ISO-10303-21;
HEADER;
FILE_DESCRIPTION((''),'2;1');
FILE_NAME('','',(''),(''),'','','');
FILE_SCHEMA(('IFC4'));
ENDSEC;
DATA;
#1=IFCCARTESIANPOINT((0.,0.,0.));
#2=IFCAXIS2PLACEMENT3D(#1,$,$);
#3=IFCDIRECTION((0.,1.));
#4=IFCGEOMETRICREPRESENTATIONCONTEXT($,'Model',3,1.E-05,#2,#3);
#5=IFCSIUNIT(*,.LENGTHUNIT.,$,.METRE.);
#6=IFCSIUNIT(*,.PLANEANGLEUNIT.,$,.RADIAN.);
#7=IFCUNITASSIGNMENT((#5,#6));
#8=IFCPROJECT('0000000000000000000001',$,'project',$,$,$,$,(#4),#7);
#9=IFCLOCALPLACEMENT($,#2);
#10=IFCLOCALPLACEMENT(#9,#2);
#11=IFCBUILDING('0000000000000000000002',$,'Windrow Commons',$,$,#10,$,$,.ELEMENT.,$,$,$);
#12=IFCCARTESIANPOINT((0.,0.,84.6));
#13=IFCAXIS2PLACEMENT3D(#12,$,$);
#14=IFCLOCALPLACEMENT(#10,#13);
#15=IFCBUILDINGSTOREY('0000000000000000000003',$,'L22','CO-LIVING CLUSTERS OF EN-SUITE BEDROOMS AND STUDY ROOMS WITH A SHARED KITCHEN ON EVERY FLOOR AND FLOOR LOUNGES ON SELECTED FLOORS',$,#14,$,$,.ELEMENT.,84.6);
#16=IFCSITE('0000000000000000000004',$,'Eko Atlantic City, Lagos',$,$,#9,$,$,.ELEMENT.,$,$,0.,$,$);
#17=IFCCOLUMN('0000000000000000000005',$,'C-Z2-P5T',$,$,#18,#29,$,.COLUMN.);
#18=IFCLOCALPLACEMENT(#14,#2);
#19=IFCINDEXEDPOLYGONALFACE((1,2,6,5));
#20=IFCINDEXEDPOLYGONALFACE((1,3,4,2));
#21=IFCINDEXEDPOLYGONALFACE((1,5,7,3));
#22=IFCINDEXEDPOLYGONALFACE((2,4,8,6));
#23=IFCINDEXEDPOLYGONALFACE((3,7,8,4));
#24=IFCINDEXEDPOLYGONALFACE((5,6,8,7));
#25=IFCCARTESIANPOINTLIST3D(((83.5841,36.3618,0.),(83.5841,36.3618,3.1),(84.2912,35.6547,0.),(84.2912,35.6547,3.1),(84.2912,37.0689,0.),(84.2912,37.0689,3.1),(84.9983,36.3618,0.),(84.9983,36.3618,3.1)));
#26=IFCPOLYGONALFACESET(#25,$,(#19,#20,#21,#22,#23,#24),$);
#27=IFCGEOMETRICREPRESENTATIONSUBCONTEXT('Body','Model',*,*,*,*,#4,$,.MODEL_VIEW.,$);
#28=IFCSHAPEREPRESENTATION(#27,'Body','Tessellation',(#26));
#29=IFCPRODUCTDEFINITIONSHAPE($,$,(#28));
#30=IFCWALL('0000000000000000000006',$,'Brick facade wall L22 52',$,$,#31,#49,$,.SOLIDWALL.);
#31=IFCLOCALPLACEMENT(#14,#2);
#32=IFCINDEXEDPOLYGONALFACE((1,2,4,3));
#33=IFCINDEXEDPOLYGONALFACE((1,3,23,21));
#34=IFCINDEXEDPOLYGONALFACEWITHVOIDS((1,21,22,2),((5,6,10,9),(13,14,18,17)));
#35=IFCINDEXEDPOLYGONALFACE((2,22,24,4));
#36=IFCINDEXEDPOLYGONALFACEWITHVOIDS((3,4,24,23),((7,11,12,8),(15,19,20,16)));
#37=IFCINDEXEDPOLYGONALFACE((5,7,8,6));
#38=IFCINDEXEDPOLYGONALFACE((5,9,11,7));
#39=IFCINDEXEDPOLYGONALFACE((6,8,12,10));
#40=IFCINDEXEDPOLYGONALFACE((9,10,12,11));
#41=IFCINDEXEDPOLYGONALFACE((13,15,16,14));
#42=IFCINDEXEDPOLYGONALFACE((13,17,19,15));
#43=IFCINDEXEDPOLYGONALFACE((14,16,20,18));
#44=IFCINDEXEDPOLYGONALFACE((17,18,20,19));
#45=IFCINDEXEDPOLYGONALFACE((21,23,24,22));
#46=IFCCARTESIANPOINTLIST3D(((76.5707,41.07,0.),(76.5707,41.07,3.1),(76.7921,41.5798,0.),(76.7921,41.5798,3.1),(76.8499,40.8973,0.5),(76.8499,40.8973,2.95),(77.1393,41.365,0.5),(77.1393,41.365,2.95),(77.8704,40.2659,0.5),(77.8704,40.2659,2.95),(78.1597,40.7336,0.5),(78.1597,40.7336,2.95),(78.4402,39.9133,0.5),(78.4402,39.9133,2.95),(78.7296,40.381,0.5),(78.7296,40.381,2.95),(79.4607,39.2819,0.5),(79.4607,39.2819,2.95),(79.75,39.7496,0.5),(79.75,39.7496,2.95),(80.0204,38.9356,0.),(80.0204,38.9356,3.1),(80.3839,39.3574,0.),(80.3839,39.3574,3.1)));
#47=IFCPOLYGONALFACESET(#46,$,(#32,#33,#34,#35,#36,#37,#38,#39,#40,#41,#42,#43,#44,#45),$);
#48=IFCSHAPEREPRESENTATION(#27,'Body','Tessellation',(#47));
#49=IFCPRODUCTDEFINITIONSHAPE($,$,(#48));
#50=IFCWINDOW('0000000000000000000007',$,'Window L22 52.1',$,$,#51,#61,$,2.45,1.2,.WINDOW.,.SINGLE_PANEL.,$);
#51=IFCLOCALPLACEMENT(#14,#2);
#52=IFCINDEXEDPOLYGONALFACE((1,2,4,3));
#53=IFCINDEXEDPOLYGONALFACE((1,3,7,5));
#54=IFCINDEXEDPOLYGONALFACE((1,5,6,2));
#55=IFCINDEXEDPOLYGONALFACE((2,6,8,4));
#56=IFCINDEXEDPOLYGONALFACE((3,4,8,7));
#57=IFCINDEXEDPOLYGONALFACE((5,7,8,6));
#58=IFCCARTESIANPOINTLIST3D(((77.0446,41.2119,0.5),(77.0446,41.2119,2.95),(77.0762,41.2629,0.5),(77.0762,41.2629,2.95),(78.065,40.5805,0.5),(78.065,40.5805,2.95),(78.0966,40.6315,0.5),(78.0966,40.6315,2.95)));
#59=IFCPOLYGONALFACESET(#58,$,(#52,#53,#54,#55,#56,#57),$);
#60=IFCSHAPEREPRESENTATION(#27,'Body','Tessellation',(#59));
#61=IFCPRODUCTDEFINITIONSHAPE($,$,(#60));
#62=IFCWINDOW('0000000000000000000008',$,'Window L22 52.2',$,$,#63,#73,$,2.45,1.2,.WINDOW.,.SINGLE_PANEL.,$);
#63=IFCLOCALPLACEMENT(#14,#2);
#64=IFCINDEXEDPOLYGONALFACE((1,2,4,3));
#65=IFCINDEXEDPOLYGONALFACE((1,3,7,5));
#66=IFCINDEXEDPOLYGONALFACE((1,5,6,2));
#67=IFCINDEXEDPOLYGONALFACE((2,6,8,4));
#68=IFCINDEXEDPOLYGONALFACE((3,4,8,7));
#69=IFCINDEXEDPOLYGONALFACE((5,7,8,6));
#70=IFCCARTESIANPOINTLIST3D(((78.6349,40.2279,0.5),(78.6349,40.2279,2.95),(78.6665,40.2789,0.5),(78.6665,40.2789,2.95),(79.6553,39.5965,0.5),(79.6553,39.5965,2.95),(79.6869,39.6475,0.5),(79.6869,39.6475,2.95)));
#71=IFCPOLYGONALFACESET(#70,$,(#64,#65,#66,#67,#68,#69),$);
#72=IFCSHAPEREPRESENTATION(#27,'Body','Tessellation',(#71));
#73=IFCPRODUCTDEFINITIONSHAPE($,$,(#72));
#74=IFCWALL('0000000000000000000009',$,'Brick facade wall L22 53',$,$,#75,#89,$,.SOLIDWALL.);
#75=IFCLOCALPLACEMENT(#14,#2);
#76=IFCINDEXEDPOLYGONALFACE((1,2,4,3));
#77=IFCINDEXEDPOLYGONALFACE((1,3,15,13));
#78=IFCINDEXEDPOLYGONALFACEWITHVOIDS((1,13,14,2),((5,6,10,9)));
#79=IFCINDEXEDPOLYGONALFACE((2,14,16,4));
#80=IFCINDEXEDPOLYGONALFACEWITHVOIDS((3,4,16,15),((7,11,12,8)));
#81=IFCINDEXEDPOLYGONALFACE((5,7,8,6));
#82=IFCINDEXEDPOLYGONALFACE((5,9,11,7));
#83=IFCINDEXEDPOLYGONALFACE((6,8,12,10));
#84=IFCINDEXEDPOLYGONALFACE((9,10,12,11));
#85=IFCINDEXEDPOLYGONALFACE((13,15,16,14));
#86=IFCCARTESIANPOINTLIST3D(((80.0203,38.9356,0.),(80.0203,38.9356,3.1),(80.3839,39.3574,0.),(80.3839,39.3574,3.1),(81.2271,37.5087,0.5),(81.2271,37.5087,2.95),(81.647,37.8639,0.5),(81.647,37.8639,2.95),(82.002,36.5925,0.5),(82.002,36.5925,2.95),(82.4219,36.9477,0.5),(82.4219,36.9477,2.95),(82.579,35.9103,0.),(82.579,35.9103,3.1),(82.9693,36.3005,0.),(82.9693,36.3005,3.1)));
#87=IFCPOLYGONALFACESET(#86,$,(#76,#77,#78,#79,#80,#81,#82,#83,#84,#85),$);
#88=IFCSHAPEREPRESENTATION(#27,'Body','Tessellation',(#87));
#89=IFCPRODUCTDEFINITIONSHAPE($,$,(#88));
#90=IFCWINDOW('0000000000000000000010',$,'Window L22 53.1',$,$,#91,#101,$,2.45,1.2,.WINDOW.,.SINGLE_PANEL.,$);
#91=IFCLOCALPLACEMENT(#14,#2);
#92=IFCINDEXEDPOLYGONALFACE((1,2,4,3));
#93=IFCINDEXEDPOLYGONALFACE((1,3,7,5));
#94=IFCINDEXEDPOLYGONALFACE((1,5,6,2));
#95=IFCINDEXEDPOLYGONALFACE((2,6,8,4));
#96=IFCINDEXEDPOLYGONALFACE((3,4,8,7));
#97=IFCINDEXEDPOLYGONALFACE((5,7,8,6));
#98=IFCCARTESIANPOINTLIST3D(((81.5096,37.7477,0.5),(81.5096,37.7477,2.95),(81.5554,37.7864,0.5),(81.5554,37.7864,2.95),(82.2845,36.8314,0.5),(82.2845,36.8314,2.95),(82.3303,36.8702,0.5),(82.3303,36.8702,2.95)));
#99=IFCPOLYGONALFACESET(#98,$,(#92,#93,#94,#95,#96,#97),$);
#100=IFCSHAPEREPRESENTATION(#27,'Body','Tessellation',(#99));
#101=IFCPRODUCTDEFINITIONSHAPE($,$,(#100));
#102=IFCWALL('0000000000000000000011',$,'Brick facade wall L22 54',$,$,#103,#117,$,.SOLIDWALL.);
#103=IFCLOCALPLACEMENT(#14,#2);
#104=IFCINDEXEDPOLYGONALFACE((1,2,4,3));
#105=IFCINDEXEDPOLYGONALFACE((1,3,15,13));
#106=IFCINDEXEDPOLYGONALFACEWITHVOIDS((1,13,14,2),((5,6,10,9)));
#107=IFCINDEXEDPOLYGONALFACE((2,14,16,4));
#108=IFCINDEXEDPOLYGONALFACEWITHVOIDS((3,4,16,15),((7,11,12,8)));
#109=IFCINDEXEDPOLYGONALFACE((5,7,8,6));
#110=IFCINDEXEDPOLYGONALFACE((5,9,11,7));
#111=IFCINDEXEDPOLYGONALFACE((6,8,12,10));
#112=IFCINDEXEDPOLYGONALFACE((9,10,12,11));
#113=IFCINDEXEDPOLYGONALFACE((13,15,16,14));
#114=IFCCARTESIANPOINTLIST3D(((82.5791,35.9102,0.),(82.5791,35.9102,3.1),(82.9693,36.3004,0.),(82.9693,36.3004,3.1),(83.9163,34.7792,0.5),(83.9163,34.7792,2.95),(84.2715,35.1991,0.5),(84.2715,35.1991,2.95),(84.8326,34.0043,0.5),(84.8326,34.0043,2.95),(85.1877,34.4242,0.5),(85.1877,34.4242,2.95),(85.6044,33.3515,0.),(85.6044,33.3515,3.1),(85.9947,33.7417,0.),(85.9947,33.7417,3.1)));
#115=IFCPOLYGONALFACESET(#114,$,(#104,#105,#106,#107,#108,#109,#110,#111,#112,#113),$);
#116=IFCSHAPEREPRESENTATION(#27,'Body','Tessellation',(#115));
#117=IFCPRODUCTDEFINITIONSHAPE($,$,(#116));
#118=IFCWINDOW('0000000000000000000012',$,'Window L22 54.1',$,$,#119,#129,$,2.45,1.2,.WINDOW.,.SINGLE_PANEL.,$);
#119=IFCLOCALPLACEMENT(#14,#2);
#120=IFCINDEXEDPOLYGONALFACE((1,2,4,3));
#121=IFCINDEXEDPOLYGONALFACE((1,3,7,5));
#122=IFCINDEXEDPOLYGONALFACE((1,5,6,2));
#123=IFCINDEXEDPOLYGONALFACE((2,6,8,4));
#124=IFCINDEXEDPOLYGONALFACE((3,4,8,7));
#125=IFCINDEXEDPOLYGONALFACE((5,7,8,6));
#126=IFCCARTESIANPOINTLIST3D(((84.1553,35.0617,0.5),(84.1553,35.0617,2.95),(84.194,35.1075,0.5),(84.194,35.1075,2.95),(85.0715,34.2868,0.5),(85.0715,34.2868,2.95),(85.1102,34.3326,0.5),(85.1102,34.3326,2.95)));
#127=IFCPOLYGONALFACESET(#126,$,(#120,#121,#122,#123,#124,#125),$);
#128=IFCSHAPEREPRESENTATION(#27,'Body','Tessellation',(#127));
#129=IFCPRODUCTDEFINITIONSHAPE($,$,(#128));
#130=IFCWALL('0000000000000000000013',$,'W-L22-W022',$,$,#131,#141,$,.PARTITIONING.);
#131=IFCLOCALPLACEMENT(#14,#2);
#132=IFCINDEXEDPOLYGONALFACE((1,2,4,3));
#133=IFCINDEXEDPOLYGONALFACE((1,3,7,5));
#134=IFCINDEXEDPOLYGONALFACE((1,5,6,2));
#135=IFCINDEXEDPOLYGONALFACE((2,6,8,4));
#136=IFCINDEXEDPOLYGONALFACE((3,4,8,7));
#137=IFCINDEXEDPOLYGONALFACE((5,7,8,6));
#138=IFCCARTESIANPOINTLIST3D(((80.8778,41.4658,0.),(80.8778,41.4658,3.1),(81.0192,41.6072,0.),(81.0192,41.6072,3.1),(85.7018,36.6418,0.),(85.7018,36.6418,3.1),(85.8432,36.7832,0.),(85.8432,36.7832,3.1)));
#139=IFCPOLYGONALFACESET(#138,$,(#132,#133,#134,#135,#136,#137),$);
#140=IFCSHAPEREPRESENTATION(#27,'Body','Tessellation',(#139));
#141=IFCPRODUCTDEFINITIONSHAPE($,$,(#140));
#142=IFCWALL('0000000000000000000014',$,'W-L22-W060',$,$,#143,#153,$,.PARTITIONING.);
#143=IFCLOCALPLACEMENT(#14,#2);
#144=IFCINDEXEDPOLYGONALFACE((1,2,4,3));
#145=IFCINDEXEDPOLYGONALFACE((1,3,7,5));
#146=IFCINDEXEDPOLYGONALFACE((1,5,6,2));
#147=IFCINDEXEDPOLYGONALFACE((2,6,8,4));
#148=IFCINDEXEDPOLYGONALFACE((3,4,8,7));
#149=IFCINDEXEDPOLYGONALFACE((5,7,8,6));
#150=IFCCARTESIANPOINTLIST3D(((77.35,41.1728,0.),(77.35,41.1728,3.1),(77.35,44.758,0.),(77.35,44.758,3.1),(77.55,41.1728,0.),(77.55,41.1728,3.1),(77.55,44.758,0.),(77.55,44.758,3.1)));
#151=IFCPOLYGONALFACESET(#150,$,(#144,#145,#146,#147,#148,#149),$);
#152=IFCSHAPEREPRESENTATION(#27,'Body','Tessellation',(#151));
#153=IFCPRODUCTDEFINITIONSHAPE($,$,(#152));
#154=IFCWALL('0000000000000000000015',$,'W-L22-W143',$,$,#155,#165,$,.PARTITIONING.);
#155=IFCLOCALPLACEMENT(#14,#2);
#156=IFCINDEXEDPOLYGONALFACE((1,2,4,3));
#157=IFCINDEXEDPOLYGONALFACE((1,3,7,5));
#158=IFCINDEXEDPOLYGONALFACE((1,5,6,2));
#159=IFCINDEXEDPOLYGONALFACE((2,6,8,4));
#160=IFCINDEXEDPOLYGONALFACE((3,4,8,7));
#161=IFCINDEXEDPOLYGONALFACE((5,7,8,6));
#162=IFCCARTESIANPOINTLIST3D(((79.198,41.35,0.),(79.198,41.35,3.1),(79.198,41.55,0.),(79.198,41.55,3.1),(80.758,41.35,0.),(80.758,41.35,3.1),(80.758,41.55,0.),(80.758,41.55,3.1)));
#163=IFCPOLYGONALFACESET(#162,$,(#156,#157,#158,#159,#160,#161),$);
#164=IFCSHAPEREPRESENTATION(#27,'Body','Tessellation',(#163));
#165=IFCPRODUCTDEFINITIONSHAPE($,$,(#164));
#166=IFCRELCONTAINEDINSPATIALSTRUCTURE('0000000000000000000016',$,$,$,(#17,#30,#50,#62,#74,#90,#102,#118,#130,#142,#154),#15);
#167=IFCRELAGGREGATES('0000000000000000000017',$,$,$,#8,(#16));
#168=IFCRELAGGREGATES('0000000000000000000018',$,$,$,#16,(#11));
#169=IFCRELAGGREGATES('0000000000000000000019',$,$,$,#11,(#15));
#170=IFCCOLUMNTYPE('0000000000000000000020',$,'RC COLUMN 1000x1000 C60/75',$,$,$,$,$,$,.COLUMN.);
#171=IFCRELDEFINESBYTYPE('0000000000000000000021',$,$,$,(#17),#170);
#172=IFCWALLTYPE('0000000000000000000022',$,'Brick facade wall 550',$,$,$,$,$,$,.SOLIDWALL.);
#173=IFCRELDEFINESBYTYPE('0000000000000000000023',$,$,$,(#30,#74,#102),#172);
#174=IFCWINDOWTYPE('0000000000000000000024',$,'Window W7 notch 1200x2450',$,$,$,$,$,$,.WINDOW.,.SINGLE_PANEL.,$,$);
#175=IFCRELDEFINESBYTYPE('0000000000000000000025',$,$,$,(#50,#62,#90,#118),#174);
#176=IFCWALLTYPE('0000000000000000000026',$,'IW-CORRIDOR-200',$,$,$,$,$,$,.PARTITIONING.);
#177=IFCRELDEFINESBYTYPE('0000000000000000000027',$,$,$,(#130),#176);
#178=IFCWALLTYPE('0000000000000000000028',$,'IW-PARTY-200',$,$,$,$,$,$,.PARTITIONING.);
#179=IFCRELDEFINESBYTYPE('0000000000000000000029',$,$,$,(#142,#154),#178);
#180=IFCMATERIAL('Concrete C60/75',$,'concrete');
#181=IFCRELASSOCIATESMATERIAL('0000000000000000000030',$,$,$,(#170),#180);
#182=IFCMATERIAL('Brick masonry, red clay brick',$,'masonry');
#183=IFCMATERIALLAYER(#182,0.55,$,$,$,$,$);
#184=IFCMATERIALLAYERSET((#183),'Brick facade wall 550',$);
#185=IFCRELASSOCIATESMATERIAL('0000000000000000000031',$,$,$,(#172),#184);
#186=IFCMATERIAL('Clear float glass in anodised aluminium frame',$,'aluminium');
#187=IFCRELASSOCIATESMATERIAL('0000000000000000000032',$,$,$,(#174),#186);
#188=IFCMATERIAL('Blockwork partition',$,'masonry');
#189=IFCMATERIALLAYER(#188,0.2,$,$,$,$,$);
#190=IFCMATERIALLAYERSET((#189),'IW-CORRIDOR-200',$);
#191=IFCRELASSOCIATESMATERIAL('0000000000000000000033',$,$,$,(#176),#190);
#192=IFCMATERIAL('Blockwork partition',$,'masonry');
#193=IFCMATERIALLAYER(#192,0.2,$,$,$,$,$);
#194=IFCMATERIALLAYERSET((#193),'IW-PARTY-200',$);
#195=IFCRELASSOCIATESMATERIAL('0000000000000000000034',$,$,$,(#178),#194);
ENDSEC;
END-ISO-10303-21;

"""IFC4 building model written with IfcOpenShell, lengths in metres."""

from ifc_helpers import new_model, si_unit, direction, frame, frame_2d, origin, origin_2d, place, context, subcontext, project, spatial, polyline, rectangle, outline, extrude, material, layer, layer_set, material_profile, profile_set, type_object, element, fill, save


model = new_model("IFC4")

# Units and contexts
model_context = context("Model", 3, precision=1e-05, world=origin(), true_north=direction((0.0, 1.0)))
body_context = subcontext(model_context, "Body", "Model", "MODEL_VIEW")
ifc_project = project(units=[si_unit("LENGTHUNIT", "METRE"), si_unit("PLANEANGLEUNIT", "RADIAN")], contexts=[model_context])

# Site, building, storey
site_placement = place(None, origin())
site = spatial("IfcSite", under=ifc_project, at=site_placement, Name="Eko Atlantic City, Lagos", CompositionType="ELEMENT", RefElevation=0.0)
building_placement = place(site_placement, origin())
building = spatial("IfcBuilding", under=site, at=building_placement, Name="Windrow Commons", CompositionType="ELEMENT")
storey_placement = place(building_placement, frame((0.0, 0.0, 84.6)))
storey = spatial("IfcBuildingStorey", under=building, at=storey_placement, Name="L22", Description="CO-LIVING CLUSTERS OF EN-SUITE BEDROOMS AND STUDY ROOMS WITH A SHARED KITCHEN ON EVERY FLOOR AND FLOOR LOUNGES ON SELECTED FLOORS", CompositionType="ELEMENT", Elevation=84.6)

# Column
ifc_material_1 = material(Name="Concrete C60/75", Category="concrete")
ifc_material_profile = material_profile(ifc_material_1, rectangle(XDim=1.0, YDim=1.0, at=origin_2d()))
ifc_profile_set = profile_set([ifc_material_profile], Name="Concrete C60/75")
column_type = type_object("IfcColumnType", Name="RC COLUMN 1000x1000 C60/75", PredefinedType="COLUMN", material=ifc_profile_set)
column_placement = place(storey_placement, frame((84.2912, 36.3618, 0.0), z_axis=(0.0, 0.0, 1.0), x_axis=(0.707107, -0.707107, 0.0)))
element("IfcColumn", 1, at=column_placement, inside=storey, type_object=column_type, Name="C-Z2-P5T", PredefinedType="COLUMN", context=body_context, shape_type="SweptSolid", body=[
    extrude(rectangle(XDim=1.0, YDim=1.0, at=origin_2d()), origin(), (0.0, 0.0, 1.0), 3.1),
])

# Wall, openings, windows
ifc_material_2 = material(Name="Brick masonry, red clay brick", Category="masonry")
ifc_layer_1 = layer(ifc_material_2, 0.55)
ifc_layer_set_1 = layer_set([ifc_layer_1], Name="Brick facade wall 550")
wall_type_1 = type_object("IfcWallType", Name="Brick facade wall 550", PredefinedType="SOLIDWALL", material=ifc_layer_set_1)
wall_1_placement = place(storey_placement, frame((76.6814, 41.3249, 0.0), z_axis=(0.0, 0.0, 1.0), x_axis=(0.850382, -0.526166, 0.0)))
wall_1 = element("IfcWall", 2, at=wall_1_placement, inside=storey, type_object=wall_type_1, Name="Brick facade wall L22 52", PredefinedType="SOLIDWALL", context=body_context, shape_type="SweptSolid", body=[
    extrude(outline(polyline([(0.04, -0.275), (4.0966, -0.275), (4.1838, 0.275), (-0.04, 0.275), (0.04, -0.275)])), origin(), (0.0, 0.0, 1.0), 3.1),
])
opening_1_placement = place(wall_1_placement, frame((0.3683, 0.0, 0.5)))
opening_1 = element("IfcOpeningElement", 3, at=opening_1_placement, cuts=wall_1, PredefinedType="OPENING", context=body_context, shape_type="SweptSolid", body=[
    extrude(rectangle(XDim=1.2, YDim=2.45, at=frame_2d((0.6, 1.225))), frame((0.0, 0.285, 0.0), z_axis=(0.0, -1.0, 0.0), x_axis=(1.0, 0.0, 0.0)), (0.0, 0.0, 1.0), 0.57),
])
opening_2_placement = place(wall_1_placement, frame((2.2384, 0.0, 0.5)))
opening_2 = element("IfcOpeningElement", 4, at=opening_2_placement, cuts=wall_1, PredefinedType="OPENING", context=body_context, shape_type="SweptSolid", body=[
    extrude(rectangle(XDim=1.2, YDim=2.45, at=frame_2d((0.6, 1.225))), frame((0.0, 0.285, 0.0), z_axis=(0.0, -1.0, 0.0), x_axis=(1.0, 0.0, 0.0)), (0.0, 0.0, 1.0), 0.57),
])
ifc_material_3 = material(Name="Clear float glass in anodised aluminium frame", Category="aluminium")
window_type = type_object("IfcWindowType", Name="Window W7 notch 1200x2450", PartitioningType="SINGLE_PANEL", PredefinedType="WINDOW", material=ifc_material_3)
window_1_placement = place(opening_1_placement, origin())
window_1 = element("IfcWindow", 5, at=window_1_placement, inside=storey, type_object=window_type, Name="Window L22 52.1", OverallHeight=2.45, OverallWidth=1.2, PartitioningType="SINGLE_PANEL", PredefinedType="WINDOW", context=body_context, shape_type="SweptSolid", body=[
    extrude(rectangle(XDim=1.2, YDim=2.45, at=frame_2d((0.6, 1.225))), frame((0.0, 0.155, 0.0), z_axis=(0.0, -1.0, 0.0), x_axis=(1.0, 0.0, 0.0)), (0.0, 0.0, 1.0), 0.06),
])
fill(opening_1, window_1)
window_2_placement = place(opening_2_placement, origin())
window_2 = element("IfcWindow", 6, at=window_2_placement, inside=storey, type_object=window_type, Name="Window L22 52.2", OverallHeight=2.45, OverallWidth=1.2, PartitioningType="SINGLE_PANEL", PredefinedType="WINDOW", context=body_context, shape_type="SweptSolid", body=[
    extrude(rectangle(XDim=1.2, YDim=2.45, at=frame_2d((0.6, 1.225))), frame((0.0, 0.155, 0.0), z_axis=(0.0, -1.0, 0.0), x_axis=(1.0, 0.0, 0.0)), (0.0, 0.0, 1.0), 0.06),
])
fill(opening_2, window_2)

# Walls, openings, windows
wall_2_placement = place(storey_placement, frame((80.2021, 39.1465, 0.0), z_axis=(0.0, 0.0, 1.0), x_axis=(0.645763, -0.763538, 0.0)))
wall_2 = element("IfcWall", 7, at=wall_2_placement, inside=storey, type_object=wall_type_1, Name="Brick facade wall L22 53", PredefinedType="SOLIDWALL", context=body_context, shape_type="SweptSolid", body=[
    extrude(outline(polyline([(0.0436, -0.275), (4.0059, -0.275), (3.96, 0.275), (-0.0436, 0.275), (0.0436, -0.275)])), origin(), (0.0, 0.0, 1.0), 3.1),
])
opening_3_placement = place(wall_2_placement, frame((1.9124, 0.0, 0.5)))
opening_3 = element("IfcOpeningElement", 8, at=opening_3_placement, cuts=wall_2, PredefinedType="OPENING", context=body_context, shape_type="SweptSolid", body=[
    extrude(rectangle(XDim=1.2, YDim=2.45, at=frame_2d((0.6, 1.225))), frame((0.0, 0.285, 0.0), z_axis=(0.0, -1.0, 0.0), x_axis=(1.0, 0.0, 0.0)), (0.0, 0.0, 1.0), 0.57),
])
window_3_placement = place(opening_3_placement, origin())
window_3 = element("IfcWindow", 9, at=window_3_placement, inside=storey, type_object=window_type, Name="Window L22 53.1", OverallHeight=2.45, OverallWidth=1.2, PartitioningType="SINGLE_PANEL", PredefinedType="WINDOW", context=body_context, shape_type="SweptSolid", body=[
    extrude(rectangle(XDim=1.2, YDim=2.45, at=frame_2d((0.6, 1.225))), frame((0.0, 0.155, 0.0), z_axis=(0.0, -1.0, 0.0), x_axis=(1.0, 0.0, 0.0)), (0.0, 0.0, 1.0), 0.06),
])
fill(opening_3, window_3)
wall_3_placement = place(storey_placement, frame((82.7742, 36.1053, 0.0), z_axis=(0.0, 0.0, 1.0), x_axis=(0.763542, -0.645758, 0.0)))
wall_3 = element("IfcWall", 10, at=wall_3_placement, inside=storey, type_object=wall_type_1, Name="Brick facade wall L22 54", PredefinedType="SOLIDWALL", context=body_context, shape_type="SweptSolid", body=[
    extrude(outline(polyline([(-0.023, -0.275), (3.9393, -0.275), (3.9853, 0.275), (0.023, 0.275), (-0.023, -0.275)])), origin(), (0.0, 0.0, 1.0), 3.1),
])
opening_4_placement = place(wall_3_placement, frame((1.7284, 0.0, 0.5)))
opening_4 = element("IfcOpeningElement", 11, at=opening_4_placement, cuts=wall_3, PredefinedType="OPENING", context=body_context, shape_type="SweptSolid", body=[
    extrude(rectangle(XDim=1.2, YDim=2.45, at=frame_2d((0.6, 1.225))), frame((0.0, 0.285, 0.0), z_axis=(0.0, -1.0, 0.0), x_axis=(1.0, 0.0, 0.0)), (0.0, 0.0, 1.0), 0.57),
])
window_4_placement = place(opening_4_placement, origin())
window_4 = element("IfcWindow", 12, at=window_4_placement, inside=storey, type_object=window_type, Name="Window L22 54.1", OverallHeight=2.45, OverallWidth=1.2, PartitioningType="SINGLE_PANEL", PredefinedType="WINDOW", context=body_context, shape_type="SweptSolid", body=[
    extrude(rectangle(XDim=1.2, YDim=2.45, at=frame_2d((0.6, 1.225))), frame((0.0, 0.155, 0.0), z_axis=(0.0, -1.0, 0.0), x_axis=(1.0, 0.0, 0.0)), (0.0, 0.0, 1.0), 0.06),
])
fill(opening_4, window_4)

# Walls
ifc_material_4 = material(Name="Blockwork partition", Category="masonry")
ifc_layer_2 = layer(ifc_material_4, 0.2)
ifc_layer_set_2 = layer_set([ifc_layer_2], Name="IW-CORRIDOR-200")
wall_type_2 = type_object("IfcWallType", Name="IW-CORRIDOR-200", PredefinedType="PARTITIONING", material=ifc_layer_set_2)
wall_4_placement = place(storey_placement, frame((80.9485, 41.5365, 0.0), z_axis=(0.0, 0.0, 1.0), x_axis=(0.707107, -0.707107, 0.0)))
element("IfcWall", 13, at=wall_4_placement, inside=storey, type_object=wall_type_2, Name="W-L22-W022", PredefinedType="PARTITIONING", context=body_context, shape_type="SweptSolid", body=[
    extrude(rectangle(XDim=6.8222, YDim=0.2, at=frame_2d((3.4111, 0.0))), origin(), (0.0, 0.0, 1.0), 3.1),
])
ifc_material_5 = material(Name="Blockwork partition", Category="masonry")
ifc_layer_3 = layer(ifc_material_5, 0.2)
ifc_layer_set_3 = layer_set([ifc_layer_3], Name="IW-PARTY-200")
wall_type_3 = type_object("IfcWallType", Name="IW-PARTY-200", PredefinedType="PARTITIONING", material=ifc_layer_set_3)
wall_5_placement = place(storey_placement, frame((77.45, 41.1727, 0.0), z_axis=(0.0, 0.0, 1.0), x_axis=(0.0, 1.0, 0.0)))
element("IfcWall", 14, at=wall_5_placement, inside=storey, type_object=wall_type_3, Name="W-L22-W060", PredefinedType="PARTITIONING", context=body_context, shape_type="SweptSolid", body=[
    extrude(rectangle(XDim=3.5853, YDim=0.2, at=frame_2d((1.7927, 0.0))), origin(), (0.0, 0.0, 1.0), 3.1),
])
wall_6_placement = place(storey_placement, frame((79.198, 41.45, 0.0), z_axis=(0.0, 0.0, 1.0), x_axis=(1.0, 0.0, 0.0)))
element("IfcWall", 15, at=wall_6_placement, inside=storey, type_object=wall_type_3, Name="W-L22-W143", PredefinedType="PARTITIONING", context=body_context, shape_type="SweptSolid", body=[
    extrude(rectangle(XDim=1.56, YDim=0.2, at=frame_2d((0.78, 0.0))), origin(), (0.0, 0.0, 1.0), 3.1),
])

save(model, "model.ifc")
